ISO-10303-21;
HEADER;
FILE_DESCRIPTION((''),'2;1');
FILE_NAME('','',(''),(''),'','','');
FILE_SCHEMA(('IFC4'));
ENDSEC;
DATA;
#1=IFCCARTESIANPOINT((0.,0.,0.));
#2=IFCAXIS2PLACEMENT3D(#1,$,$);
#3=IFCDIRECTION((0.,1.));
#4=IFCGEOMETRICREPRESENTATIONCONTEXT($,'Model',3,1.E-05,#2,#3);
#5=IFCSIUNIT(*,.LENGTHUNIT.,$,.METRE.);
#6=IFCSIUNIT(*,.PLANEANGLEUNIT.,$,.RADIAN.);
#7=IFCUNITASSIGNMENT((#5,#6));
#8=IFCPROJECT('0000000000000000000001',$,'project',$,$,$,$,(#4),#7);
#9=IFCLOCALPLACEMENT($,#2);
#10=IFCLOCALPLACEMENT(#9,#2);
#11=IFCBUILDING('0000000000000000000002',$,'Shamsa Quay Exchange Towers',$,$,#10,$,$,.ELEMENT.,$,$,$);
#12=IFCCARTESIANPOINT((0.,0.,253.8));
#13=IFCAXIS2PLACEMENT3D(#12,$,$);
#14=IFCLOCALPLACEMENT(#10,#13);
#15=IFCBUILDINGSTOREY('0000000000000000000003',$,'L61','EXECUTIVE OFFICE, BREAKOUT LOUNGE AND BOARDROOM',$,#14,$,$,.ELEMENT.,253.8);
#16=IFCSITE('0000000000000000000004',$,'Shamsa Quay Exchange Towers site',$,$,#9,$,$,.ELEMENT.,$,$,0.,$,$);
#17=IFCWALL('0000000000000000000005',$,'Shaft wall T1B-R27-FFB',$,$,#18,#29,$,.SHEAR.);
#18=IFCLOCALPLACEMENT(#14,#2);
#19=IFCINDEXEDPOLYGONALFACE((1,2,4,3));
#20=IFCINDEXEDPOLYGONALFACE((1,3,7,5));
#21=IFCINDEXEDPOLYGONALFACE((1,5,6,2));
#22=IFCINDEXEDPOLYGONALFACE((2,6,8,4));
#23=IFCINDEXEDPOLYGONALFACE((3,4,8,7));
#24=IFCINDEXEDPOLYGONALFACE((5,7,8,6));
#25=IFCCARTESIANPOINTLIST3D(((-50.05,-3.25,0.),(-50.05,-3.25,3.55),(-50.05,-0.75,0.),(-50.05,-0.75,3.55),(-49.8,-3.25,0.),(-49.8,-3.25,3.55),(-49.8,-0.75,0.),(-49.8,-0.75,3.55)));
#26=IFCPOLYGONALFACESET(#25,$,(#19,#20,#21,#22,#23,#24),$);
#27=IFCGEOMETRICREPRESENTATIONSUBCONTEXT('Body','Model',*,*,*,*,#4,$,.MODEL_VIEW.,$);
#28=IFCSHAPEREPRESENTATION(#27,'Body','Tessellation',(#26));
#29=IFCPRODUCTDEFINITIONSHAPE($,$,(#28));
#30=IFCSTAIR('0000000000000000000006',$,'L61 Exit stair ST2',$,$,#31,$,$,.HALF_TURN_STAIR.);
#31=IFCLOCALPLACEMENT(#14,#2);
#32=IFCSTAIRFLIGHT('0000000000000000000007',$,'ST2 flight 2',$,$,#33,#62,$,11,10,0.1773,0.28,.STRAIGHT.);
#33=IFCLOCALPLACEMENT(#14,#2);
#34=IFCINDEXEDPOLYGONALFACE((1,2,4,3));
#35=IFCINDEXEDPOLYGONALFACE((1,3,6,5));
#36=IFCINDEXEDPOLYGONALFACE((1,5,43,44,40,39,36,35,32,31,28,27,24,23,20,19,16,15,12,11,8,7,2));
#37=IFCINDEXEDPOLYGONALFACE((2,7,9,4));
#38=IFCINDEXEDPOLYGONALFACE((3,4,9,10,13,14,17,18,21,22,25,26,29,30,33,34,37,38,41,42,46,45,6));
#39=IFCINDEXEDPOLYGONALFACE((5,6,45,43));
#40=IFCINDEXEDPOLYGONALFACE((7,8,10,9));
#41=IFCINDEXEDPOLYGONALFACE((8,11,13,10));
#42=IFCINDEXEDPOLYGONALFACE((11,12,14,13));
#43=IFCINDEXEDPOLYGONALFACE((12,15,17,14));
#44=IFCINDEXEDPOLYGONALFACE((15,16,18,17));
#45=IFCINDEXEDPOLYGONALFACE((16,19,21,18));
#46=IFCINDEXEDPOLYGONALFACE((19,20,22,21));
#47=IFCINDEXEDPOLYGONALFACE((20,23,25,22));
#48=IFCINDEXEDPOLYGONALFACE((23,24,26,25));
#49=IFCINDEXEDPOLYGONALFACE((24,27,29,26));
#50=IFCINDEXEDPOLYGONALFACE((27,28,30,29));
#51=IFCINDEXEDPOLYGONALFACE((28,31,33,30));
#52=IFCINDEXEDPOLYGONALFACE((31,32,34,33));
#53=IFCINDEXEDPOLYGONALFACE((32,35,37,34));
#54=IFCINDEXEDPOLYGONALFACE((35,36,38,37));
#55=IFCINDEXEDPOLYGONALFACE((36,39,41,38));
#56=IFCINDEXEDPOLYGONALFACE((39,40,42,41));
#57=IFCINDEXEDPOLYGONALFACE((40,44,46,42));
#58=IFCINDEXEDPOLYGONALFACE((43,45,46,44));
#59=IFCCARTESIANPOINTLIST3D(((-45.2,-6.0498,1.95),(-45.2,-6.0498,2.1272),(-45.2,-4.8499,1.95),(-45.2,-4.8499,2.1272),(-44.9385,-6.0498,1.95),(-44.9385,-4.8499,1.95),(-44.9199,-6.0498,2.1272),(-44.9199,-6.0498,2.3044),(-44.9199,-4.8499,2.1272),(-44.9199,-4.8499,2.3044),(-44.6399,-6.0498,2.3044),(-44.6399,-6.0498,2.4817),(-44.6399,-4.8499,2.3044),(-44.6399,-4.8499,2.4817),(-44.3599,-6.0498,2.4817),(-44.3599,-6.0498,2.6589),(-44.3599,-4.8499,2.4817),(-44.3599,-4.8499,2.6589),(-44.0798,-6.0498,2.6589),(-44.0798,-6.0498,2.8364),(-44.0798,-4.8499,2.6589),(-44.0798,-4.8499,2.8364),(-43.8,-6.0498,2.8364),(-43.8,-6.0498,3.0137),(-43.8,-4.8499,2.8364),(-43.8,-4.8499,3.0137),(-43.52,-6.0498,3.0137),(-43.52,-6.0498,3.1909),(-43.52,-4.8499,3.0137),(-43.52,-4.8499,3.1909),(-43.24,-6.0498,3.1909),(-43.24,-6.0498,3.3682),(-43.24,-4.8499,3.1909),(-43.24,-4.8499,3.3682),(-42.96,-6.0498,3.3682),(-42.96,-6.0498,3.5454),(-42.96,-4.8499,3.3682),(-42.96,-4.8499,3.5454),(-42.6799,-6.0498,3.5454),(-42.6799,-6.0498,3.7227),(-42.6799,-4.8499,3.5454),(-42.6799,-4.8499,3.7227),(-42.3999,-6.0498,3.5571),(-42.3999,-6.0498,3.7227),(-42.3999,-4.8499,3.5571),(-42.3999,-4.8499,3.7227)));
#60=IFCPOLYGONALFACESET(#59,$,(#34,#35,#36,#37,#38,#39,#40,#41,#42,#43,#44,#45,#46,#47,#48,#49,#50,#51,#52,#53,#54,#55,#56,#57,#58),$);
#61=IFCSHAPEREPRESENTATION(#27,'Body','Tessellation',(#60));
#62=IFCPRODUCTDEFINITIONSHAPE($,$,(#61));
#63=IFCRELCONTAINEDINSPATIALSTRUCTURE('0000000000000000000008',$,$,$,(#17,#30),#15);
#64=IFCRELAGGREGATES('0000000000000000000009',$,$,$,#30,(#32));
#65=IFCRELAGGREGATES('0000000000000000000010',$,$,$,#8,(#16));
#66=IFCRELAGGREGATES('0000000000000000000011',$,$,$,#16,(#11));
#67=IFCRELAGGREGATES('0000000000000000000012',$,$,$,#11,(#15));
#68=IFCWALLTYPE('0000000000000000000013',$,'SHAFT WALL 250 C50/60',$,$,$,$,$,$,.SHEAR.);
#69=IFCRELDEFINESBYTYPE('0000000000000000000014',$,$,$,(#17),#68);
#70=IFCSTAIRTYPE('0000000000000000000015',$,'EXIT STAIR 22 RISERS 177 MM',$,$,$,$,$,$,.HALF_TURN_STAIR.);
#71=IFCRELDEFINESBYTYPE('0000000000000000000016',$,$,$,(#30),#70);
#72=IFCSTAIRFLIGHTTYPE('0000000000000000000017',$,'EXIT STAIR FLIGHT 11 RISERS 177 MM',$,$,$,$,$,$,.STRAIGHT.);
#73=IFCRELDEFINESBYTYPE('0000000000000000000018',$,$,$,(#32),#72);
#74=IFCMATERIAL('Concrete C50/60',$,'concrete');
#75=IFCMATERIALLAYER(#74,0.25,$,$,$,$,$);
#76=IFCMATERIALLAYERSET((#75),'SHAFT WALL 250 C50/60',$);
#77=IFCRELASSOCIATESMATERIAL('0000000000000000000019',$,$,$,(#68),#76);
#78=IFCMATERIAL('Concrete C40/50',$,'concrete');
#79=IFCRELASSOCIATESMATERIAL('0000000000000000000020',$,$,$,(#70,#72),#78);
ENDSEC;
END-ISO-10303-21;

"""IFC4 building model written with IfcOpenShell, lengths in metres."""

from ifc_helpers import new_model, si_unit, direction, frame, frame_2d, origin, place, context, subcontext, project, spatial, polyline, rectangle, outline, extrude, material, layer, layer_set, type_object, element, aggregate, save


model = new_model("IFC4")

# Units and contexts
model_context = context("Model", 3, precision=1e-05, world=origin(), true_north=direction((0.0, 1.0)))
body_context = subcontext(model_context, "Body", "Model", "MODEL_VIEW")
ifc_project = project(units=[si_unit("LENGTHUNIT", "METRE"), si_unit("PLANEANGLEUNIT", "RADIAN")], contexts=[model_context])

# Site, building, storey
site_placement = place(None, origin())
site = spatial("IfcSite", under=ifc_project, at=site_placement, Name="Shamsa Quay Exchange Towers site", CompositionType="ELEMENT", RefElevation=0.0)
building_placement = place(site_placement, origin())
building = spatial("IfcBuilding", under=site, at=building_placement, Name="Shamsa Quay Exchange Towers", CompositionType="ELEMENT")
storey_placement = place(building_placement, frame((0.0, 0.0, 253.8)))
storey = spatial("IfcBuildingStorey", under=building, at=storey_placement, Name="L61", Description="EXECUTIVE OFFICE, BREAKOUT LOUNGE AND BOARDROOM", CompositionType="ELEMENT", Elevation=253.8)

# Shared definitions
ifc_material_1 = material(Name="Concrete C50/60", Category="concrete")
ifc_layer_1 = layer(ifc_material_1, 0.25)
ifc_layer_set_1 = layer_set([ifc_layer_1], Name="SHAFT WALL 250 C50/60")
wall_type_1 = type_object("IfcWallType", Name="SHAFT WALL 250 C50/60", PredefinedType="SHEAR", material=ifc_layer_set_1)

# Wall
wall_1_placement = place(storey_placement, frame((-49.925, -3.25, 0.0), z_axis=(0.0, 0.0, 1.0), x_axis=(0.0, 1.0, 0.0)))
element("IfcWall", 1, at=wall_1_placement, inside=storey, type_object=wall_type_1, Name="Shaft wall T1B-R27-FFB", PredefinedType="SHEAR", context=body_context, shape_type="SweptSolid", body=[
    extrude(rectangle(XDim=2.5, YDim=0.25, at=frame_2d((1.25, 0.0))), origin(), (0.0, 0.0, 1.0), 3.55),
])

# Stair, stair flight
ifc_material_2 = material(Name="Concrete C40/50", Category="concrete")
stair_type = type_object("IfcStairType", Name="EXIT STAIR 22 RISERS 177 MM", PredefinedType="HALF_TURN_STAIR", material=ifc_material_2)
stair_placement = place(storey_placement, origin())
stair = element("IfcStair", 2, at=stair_placement, inside=storey, type_object=stair_type, Name="L61 Exit stair ST2", PredefinedType="HALF_TURN_STAIR")
stair_flight_type = type_object("IfcStairFlightType", Name="EXIT STAIR FLIGHT 11 RISERS 177 MM", PredefinedType="STRAIGHT", material=ifc_material_2)
stair_flight_placement = place(storey_placement, frame((-45.2, -5.45, 1.95)))
stair_flight = element("IfcStairFlight", 3, at=stair_flight_placement, type_object=stair_flight_type, Name="ST2 flight 2", NumberOfRisers=11, NumberOfTreads=10, PredefinedType="STRAIGHT", RiserHeight=0.1773, TreadLength=0.28, context=body_context, shape_type="SweptSolid", body=[
    extrude(outline(polyline([(0.0, 0.0), (0.0, 0.1772), (0.28, 0.1772), (0.28, 0.3545), (0.5601, 0.3545), (0.5601, 0.5317), (0.8401, 0.5317), (0.8401, 0.709), (1.1201, 0.709), (1.1201, 0.8865), (1.3999, 0.8865), (1.3999, 1.0637), (1.6799, 1.0637), (1.6799, 1.241), (1.96, 1.241), (1.96, 1.4182), (2.24, 1.4182), (2.24, 1.5955), (2.52, 1.5955), (2.52, 1.7727), (2.8, 1.7727), (2.8, 1.95), (2.8, 1.6072), (0.2615, 0.0), (0.0, 0.0)])), frame((0.0, 0.6001, 0.0), z_axis=(0.0, -1.0, 0.0), x_axis=(1.0, 0.0, 0.0)), (0.0, 0.0, 1.0), 1.2),
])
aggregate(stair, [stair_flight])

save(model, "model.ifc")
